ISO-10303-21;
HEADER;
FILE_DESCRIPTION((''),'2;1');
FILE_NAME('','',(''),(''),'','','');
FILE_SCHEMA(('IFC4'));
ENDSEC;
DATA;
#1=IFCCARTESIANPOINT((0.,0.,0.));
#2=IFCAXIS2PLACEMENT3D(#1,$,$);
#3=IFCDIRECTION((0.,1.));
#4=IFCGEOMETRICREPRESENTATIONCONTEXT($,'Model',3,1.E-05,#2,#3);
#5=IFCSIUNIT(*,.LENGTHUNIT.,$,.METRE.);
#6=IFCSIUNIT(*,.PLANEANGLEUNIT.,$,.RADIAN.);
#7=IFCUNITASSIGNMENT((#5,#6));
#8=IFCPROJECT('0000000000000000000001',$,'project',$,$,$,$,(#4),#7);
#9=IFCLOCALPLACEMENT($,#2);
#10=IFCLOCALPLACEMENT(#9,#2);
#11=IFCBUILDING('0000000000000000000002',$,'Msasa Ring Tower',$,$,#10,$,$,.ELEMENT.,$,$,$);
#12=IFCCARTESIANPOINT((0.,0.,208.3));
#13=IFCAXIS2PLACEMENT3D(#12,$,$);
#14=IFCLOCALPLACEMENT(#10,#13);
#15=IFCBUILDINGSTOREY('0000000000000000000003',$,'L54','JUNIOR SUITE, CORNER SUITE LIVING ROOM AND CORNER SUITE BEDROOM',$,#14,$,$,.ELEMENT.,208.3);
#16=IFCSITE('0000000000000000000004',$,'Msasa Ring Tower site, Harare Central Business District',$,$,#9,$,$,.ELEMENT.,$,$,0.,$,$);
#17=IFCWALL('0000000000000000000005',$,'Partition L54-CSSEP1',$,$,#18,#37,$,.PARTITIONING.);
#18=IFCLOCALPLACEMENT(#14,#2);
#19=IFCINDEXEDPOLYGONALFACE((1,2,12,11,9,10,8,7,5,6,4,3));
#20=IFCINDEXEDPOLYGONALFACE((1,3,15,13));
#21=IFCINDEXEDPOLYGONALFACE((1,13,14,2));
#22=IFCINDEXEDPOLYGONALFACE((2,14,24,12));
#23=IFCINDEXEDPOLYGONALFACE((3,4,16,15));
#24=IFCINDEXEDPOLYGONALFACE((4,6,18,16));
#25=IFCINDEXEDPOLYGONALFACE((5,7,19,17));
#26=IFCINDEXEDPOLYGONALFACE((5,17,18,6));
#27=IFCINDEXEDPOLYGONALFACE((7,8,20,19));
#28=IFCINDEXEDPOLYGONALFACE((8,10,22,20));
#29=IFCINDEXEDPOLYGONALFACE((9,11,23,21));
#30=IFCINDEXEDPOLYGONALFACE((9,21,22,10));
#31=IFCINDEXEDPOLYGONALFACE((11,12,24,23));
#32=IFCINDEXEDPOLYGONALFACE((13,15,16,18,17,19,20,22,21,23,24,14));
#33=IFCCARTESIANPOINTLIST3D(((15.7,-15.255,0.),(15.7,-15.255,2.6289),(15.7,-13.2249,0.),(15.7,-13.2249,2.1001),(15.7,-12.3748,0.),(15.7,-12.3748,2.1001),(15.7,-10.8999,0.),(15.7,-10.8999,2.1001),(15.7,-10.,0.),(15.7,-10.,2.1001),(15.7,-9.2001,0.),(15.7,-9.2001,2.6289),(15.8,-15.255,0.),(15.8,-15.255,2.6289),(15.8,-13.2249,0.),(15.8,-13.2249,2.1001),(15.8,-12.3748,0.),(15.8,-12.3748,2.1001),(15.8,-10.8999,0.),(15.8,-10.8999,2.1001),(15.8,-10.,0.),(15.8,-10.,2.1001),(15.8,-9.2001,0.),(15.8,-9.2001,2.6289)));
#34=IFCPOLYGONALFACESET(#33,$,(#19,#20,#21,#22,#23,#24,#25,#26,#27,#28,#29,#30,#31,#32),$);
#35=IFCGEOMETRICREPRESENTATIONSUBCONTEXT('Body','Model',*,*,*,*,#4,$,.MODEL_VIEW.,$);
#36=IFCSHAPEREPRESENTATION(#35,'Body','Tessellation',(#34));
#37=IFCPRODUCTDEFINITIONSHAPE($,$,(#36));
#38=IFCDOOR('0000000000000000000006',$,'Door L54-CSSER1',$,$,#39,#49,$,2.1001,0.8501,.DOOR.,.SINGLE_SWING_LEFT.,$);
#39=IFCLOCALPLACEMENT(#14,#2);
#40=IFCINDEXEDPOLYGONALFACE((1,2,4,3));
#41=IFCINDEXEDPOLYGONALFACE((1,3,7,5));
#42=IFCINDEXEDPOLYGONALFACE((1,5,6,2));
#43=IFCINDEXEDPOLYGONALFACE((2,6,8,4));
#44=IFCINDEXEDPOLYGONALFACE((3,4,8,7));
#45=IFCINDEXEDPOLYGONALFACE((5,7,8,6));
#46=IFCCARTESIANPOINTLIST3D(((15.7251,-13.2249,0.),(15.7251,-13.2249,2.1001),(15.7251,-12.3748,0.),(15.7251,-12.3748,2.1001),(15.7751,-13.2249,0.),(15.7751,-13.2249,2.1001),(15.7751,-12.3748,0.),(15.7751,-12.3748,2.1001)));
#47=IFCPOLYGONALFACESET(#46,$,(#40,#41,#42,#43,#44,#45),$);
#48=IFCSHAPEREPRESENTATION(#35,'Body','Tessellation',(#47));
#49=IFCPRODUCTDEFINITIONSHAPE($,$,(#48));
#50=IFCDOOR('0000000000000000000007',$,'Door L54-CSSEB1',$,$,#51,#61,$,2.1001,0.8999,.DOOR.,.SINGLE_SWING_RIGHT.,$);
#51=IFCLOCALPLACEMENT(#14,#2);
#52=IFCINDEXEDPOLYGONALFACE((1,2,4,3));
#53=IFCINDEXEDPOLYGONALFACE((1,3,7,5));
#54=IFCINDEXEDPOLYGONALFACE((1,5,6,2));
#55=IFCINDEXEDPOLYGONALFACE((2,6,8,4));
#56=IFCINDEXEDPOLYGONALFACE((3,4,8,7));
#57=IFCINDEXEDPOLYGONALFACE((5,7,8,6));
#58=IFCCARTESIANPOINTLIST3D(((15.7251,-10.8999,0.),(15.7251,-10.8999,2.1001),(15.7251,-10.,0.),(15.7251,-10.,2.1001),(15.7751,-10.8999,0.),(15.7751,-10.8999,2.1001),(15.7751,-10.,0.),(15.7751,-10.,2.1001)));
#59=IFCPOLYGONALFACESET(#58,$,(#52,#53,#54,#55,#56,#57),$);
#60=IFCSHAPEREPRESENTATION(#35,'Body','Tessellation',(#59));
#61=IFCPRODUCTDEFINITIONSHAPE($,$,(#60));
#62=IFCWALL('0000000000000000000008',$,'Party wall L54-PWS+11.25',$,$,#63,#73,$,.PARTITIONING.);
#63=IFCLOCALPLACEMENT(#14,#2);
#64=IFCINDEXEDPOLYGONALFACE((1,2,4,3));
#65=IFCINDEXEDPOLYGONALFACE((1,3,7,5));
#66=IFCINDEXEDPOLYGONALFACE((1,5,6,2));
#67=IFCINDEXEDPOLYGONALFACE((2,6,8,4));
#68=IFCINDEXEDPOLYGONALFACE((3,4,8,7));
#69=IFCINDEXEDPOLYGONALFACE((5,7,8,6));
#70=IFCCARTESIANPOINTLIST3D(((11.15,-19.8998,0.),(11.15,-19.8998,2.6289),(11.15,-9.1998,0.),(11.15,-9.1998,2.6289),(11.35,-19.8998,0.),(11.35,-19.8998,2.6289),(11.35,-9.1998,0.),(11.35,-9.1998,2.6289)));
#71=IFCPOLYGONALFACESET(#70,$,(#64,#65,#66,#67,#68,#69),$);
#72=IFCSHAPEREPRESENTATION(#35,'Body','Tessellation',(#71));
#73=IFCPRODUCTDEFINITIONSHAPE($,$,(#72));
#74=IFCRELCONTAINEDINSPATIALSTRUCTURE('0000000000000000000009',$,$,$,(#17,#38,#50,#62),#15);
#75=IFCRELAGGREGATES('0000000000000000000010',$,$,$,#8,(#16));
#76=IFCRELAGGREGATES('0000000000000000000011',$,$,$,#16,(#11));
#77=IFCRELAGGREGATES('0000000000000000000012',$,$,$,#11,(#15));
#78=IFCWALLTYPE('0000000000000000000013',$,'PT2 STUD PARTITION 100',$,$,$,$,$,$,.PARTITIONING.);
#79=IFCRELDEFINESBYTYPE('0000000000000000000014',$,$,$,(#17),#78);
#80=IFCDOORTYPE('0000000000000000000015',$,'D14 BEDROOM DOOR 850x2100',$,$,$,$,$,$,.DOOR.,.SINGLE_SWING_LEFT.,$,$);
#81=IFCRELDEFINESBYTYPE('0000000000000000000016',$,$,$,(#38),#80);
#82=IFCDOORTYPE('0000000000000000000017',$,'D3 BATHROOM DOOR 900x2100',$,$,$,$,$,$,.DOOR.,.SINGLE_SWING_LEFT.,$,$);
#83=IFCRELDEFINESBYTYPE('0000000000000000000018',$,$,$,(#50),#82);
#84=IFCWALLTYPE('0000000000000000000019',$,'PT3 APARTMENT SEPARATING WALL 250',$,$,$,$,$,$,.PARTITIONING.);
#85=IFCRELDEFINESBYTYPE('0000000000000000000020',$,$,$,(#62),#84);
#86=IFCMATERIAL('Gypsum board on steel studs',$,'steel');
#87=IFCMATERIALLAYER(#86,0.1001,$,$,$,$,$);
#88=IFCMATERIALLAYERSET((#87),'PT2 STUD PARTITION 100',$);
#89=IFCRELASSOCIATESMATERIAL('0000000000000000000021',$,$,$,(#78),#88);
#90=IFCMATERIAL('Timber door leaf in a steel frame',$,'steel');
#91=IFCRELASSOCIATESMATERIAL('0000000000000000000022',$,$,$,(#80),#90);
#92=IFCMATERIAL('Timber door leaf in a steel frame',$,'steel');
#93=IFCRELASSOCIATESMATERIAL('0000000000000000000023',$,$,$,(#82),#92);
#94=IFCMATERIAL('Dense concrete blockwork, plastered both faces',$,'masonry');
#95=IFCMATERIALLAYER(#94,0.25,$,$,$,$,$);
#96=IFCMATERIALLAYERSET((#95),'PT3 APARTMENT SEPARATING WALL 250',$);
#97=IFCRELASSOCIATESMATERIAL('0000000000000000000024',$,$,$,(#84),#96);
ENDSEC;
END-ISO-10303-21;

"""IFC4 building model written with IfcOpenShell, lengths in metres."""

from ifc_helpers import new_model, si_unit, direction, frame, frame_2d, origin, place, context, subcontext, project, spatial, rectangle, extrude, material, layer, layer_set, type_object, element, fill, save


model = new_model("IFC4")

# Units and contexts
model_context = context("Model", 3, precision=1e-05, world=origin(), true_north=direction((0.0, 1.0)))
body_context = subcontext(model_context, "Body", "Model", "MODEL_VIEW")
ifc_project = project(units=[si_unit("LENGTHUNIT", "METRE"), si_unit("PLANEANGLEUNIT", "RADIAN")], contexts=[model_context])

# Site, building, storey
site_placement = place(None, origin())
site = spatial("IfcSite", under=ifc_project, at=site_placement, Name="Msasa Ring Tower site, Harare Central Business District", CompositionType="ELEMENT", RefElevation=0.0)
building_placement = place(site_placement, origin())
building = spatial("IfcBuilding", under=site, at=building_placement, Name="Msasa Ring Tower", CompositionType="ELEMENT")
storey_placement = place(building_placement, frame((0.0, 0.0, 208.3)))
storey = spatial("IfcBuildingStorey", under=building, at=storey_placement, Name="L54", Description="JUNIOR SUITE, CORNER SUITE LIVING ROOM AND CORNER SUITE BEDROOM", CompositionType="ELEMENT", Elevation=208.3)

# Wall, openings, doors
ifc_material_1 = material(Name="Gypsum board on steel studs", Category="steel")
ifc_layer_1 = layer(ifc_material_1, 0.1001)
ifc_layer_set_1 = layer_set([ifc_layer_1], Name="PT2 STUD PARTITION 100")
wall_type_1 = type_object("IfcWallType", Name="PT2 STUD PARTITION 100", PredefinedType="PARTITIONING", material=ifc_layer_set_1)
wall_1_placement = place(storey_placement, frame((15.75, -15.2549, 0.0), z_axis=(0.0, 0.0, 1.0), x_axis=(0.0, 1.0, 0.0)))
wall_1 = element("IfcWall", 1, at=wall_1_placement, inside=storey, type_object=wall_type_1, Name="Partition L54-CSSEP1", PredefinedType="PARTITIONING", context=body_context, shape_type="SweptSolid", body=[
    extrude(rectangle(XDim=6.0549, YDim=0.1001, at=frame_2d((3.0273, 0.0))), origin(), (0.0, 0.0, 1.0), 2.6289),
])
opening_1_placement = place(wall_1_placement, frame((2.03, 0.0, 0.0)))
opening_1 = element("IfcOpeningElement", 2, at=opening_1_placement, cuts=wall_1, PredefinedType="OPENING", context=body_context, shape_type="SweptSolid", body=[
    extrude(rectangle(XDim=0.8501, YDim=2.1001, at=frame_2d((0.425, 1.05))), frame((0.0, 0.0601, 0.0), z_axis=(0.0, -1.0, 0.0), x_axis=(1.0, 0.0, 0.0)), (0.0, 0.0, 1.0), 0.1201),
])
opening_2_placement = place(wall_1_placement, frame((4.355, 0.0, 0.0)))
opening_2 = element("IfcOpeningElement", 3, at=opening_2_placement, cuts=wall_1, PredefinedType="OPENING", context=body_context, shape_type="SweptSolid", body=[
    extrude(rectangle(XDim=0.8999, YDim=2.1001, at=frame_2d((0.45, 1.05))), frame((0.0, 0.0601, 0.0), z_axis=(0.0, -1.0, 0.0), x_axis=(1.0, 0.0, 0.0)), (0.0, 0.0, 1.0), 0.1201),
])
ifc_material_2 = material(Name="Timber door leaf in a steel frame", Category="steel")
door_type_1 = type_object("IfcDoorType", Name="D14 BEDROOM DOOR 850x2100", OperationType="SINGLE_SWING_LEFT", PredefinedType="DOOR", material=ifc_material_2)
door_1_placement = place(opening_1_placement, origin())
door_1 = element("IfcDoor", 4, at=door_1_placement, inside=storey, type_object=door_type_1, Name="Door L54-CSSER1", OperationType="SINGLE_SWING_LEFT", OverallHeight=2.1001, OverallWidth=0.8501, PredefinedType="DOOR", context=body_context, shape_type="SweptSolid", body=[
    extrude(rectangle(XDim=0.8501, YDim=2.1001, at=frame_2d((0.425, 1.05))), frame((0.0, 0.0249, 0.0), z_axis=(0.0, -1.0, 0.0), x_axis=(1.0, 0.0, 0.0)), (0.0, 0.0, 1.0), 0.05),
])
fill(opening_1, door_1)
ifc_material_3 = material(Name="Timber door leaf in a steel frame", Category="steel")
door_type_2 = type_object("IfcDoorType", Name="D3 BATHROOM DOOR 900x2100", OperationType="SINGLE_SWING_LEFT", PredefinedType="DOOR", material=ifc_material_3)
door_2_placement = place(opening_2_placement, origin())
door_2 = element("IfcDoor", 5, at=door_2_placement, inside=storey, type_object=door_type_2, Name="Door L54-CSSEB1", OperationType="SINGLE_SWING_RIGHT", OverallHeight=2.1001, OverallWidth=0.8999, PredefinedType="DOOR", context=body_context, shape_type="SweptSolid", body=[
    extrude(rectangle(XDim=0.8999, YDim=2.1001, at=frame_2d((0.45, 1.05))), frame((0.0, 0.0249, 0.0), z_axis=(0.0, -1.0, 0.0), x_axis=(1.0, 0.0, 0.0)), (0.0, 0.0, 1.0), 0.05),
])
fill(opening_2, door_2)

# Wall
ifc_material_4 = material(Name="Dense concrete blockwork, plastered both faces", Category="masonry")
ifc_layer_2 = layer(ifc_material_4, 0.25)
ifc_layer_set_2 = layer_set([ifc_layer_2], Name="PT3 APARTMENT SEPARATING WALL 250")
wall_type_2 = type_object("IfcWallType", Name="PT3 APARTMENT SEPARATING WALL 250", PredefinedType="PARTITIONING", material=ifc_layer_set_2)
wall_2_placement = place(storey_placement, frame((11.25, -19.8999, 0.0), z_axis=(0.0, 0.0, 1.0), x_axis=(0.0, 1.0, 0.0)))
element("IfcWall", 6, at=wall_2_placement, inside=storey, type_object=wall_type_2, Name="Party wall L54-PWS+11.25", PredefinedType="PARTITIONING", context=body_context, shape_type="SweptSolid", body=[
    extrude(rectangle(XDim=10.7, YDim=0.2, at=frame_2d((5.3501, 0.0))), origin(), (0.0, 0.0, 1.0), 2.6289),
])

save(model, "model.ifc")
